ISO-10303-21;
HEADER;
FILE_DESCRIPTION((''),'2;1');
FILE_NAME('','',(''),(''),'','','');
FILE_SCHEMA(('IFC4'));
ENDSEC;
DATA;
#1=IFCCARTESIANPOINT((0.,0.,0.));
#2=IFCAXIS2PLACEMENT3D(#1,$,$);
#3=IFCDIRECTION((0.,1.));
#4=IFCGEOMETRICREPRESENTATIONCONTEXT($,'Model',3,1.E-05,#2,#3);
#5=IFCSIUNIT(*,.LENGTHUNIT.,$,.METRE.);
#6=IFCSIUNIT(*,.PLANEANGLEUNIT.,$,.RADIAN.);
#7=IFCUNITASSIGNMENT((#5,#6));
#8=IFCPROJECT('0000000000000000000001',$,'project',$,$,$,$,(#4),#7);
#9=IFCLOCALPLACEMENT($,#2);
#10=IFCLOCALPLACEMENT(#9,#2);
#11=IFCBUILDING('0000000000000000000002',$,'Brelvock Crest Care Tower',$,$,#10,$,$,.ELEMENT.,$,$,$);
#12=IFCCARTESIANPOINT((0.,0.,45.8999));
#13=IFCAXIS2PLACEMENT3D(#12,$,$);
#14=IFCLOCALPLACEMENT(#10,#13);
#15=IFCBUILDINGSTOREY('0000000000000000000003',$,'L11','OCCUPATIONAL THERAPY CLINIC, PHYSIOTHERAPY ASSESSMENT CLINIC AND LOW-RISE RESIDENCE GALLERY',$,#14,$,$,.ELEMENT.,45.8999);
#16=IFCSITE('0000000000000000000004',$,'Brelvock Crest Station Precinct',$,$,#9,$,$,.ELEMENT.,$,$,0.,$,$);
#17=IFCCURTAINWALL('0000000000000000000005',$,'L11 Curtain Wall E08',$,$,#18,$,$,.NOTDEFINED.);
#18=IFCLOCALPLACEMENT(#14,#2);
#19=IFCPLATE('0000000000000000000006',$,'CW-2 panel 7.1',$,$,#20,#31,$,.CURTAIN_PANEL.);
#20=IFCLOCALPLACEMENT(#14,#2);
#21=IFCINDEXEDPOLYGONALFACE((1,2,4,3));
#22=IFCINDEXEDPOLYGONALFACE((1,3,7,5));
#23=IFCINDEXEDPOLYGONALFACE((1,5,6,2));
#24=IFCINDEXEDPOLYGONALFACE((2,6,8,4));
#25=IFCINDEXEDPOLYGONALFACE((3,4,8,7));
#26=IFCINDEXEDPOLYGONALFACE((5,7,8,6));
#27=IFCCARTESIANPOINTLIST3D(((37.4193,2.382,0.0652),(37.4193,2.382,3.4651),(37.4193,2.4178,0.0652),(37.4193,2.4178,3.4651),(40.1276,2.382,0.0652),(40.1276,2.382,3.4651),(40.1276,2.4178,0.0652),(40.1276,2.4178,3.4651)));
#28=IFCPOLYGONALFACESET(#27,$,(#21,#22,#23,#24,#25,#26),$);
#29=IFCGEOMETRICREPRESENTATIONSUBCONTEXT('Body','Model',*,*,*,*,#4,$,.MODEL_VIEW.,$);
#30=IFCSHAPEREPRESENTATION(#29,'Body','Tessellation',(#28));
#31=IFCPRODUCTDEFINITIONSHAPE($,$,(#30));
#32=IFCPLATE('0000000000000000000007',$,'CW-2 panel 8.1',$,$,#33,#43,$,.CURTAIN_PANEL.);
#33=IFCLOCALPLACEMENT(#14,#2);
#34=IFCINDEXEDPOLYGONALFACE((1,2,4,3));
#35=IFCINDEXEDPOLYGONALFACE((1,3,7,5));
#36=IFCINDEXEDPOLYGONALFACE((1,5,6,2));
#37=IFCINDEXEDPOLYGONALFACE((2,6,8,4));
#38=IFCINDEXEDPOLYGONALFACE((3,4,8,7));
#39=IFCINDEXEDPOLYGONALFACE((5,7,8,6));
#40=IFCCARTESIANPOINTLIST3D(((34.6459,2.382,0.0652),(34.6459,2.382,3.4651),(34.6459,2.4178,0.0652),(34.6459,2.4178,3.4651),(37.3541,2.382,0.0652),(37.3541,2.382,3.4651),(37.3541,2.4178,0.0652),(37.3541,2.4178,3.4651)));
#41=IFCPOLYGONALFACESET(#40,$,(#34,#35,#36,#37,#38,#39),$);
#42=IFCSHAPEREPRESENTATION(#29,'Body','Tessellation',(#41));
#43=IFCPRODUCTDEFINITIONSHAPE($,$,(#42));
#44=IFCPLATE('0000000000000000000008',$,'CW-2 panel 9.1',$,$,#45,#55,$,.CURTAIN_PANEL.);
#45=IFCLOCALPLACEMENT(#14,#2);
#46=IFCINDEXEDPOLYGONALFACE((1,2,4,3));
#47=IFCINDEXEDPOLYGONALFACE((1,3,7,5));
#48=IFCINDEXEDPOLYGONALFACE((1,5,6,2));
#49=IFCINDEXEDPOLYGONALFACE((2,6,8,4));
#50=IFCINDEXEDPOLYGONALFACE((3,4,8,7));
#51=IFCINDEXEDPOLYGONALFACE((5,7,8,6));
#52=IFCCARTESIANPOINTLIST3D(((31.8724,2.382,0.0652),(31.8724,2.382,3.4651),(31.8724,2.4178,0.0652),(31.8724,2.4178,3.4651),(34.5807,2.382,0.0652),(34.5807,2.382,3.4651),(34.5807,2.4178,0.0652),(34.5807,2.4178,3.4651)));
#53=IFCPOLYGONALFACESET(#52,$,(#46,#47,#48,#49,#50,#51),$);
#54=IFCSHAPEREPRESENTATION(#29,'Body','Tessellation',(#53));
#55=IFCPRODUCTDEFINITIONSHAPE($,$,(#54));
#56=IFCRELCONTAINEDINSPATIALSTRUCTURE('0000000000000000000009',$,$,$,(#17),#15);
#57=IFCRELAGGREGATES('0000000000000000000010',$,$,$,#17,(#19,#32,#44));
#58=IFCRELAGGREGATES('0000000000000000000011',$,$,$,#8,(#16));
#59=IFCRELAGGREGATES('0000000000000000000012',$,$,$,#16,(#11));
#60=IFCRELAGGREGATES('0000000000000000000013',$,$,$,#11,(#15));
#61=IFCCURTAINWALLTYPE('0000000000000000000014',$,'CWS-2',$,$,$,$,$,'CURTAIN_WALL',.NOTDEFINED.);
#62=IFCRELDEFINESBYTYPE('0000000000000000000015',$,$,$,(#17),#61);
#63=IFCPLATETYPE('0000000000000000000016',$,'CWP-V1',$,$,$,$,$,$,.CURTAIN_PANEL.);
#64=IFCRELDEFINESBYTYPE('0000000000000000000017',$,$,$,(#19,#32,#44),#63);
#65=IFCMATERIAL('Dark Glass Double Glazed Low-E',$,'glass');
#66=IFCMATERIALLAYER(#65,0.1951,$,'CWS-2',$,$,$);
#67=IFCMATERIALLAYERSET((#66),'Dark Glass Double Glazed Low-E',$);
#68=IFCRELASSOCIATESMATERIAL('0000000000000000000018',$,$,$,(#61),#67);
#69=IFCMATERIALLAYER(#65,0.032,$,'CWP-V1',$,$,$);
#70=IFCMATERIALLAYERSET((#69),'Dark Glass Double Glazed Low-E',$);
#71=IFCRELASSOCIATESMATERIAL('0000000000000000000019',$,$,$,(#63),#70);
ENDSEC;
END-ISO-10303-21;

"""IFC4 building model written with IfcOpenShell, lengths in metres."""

from ifc_helpers import new_model, si_unit, direction, frame, origin, origin_2d, place, context, subcontext, project, spatial, rectangle, extrude, source, transform, mapped, material, layer, layer_set, type_object, element, aggregate, save


model = new_model("IFC4")

# Units and contexts
model_context = context("Model", 3, precision=1e-05, world=origin(), true_north=direction((0.0, 1.0)))
body_context = subcontext(model_context, "Body", "Model", "MODEL_VIEW")
ifc_project = project(units=[si_unit("LENGTHUNIT", "METRE"), si_unit("PLANEANGLEUNIT", "RADIAN")], contexts=[model_context])

# Site, building, storey
site_placement = place(None, origin())
site = spatial("IfcSite", under=ifc_project, at=site_placement, Name="Brelvock Crest Station Precinct", CompositionType="ELEMENT", RefElevation=0.0)
building_placement = place(site_placement, origin())
building = spatial("IfcBuilding", under=site, at=building_placement, Name="Brelvock Crest Care Tower", CompositionType="ELEMENT")
storey_placement = place(building_placement, frame((0.0, 0.0, 45.8999)))
storey = spatial("IfcBuildingStorey", under=building, at=storey_placement, Name="L11", Description="OCCUPATIONAL THERAPY CLINIC, PHYSIOTHERAPY ASSESSMENT CLINIC AND LOW-RISE RESIDENCE GALLERY", CompositionType="ELEMENT", Elevation=45.8999)

# Curtain wall, plates
ifc_material_1 = material(Name="Dark Glass Double Glazed Low-E", Category="glass")
ifc_layer_1 = layer(ifc_material_1, 0.1951, Name="CWS-2")
ifc_layer_set_1 = layer_set([ifc_layer_1], Name="Dark Glass Double Glazed Low-E")
curtain_wall_type = type_object("IfcCurtainWallType", Name="CWS-2", ElementType="CURTAIN_WALL", PredefinedType="NOTDEFINED", material=ifc_layer_set_1)
curtain_wall_placement = place(storey_placement, origin())
curtain_wall = element("IfcCurtainWall", 1, at=curtain_wall_placement, inside=storey, type_object=curtain_wall_type, Name="L11 Curtain Wall E08", PredefinedType="NOTDEFINED")
ifc_layer_2 = layer(ifc_material_1, 0.032, Name="CWP-V1")
ifc_layer_set_2 = layer_set([ifc_layer_2], Name="Dark Glass Double Glazed Low-E")
plate_type = type_object("IfcPlateType", Name="CWP-V1", PredefinedType="CURTAIN_PANEL", material=ifc_layer_set_2)
shared_shape_1 = source(origin(), body_context, "Body", "SweptSolid", [
    extrude(rectangle(XDim=2.7083, YDim=0.0359, at=origin_2d()), origin(), (0.0, 0.0, 1.0), 3.3999),
])
plate_1_placement = place(storey_placement, frame((38.7734, 2.3999, 0.0652), z_axis=(0.0, 0.0, 1.0), x_axis=(-1.0, 0.0, 0.0)))
plate_1 = element("IfcPlate", 2, at=plate_1_placement, type_object=plate_type, Name="CW-2 panel 7.1", PredefinedType="CURTAIN_PANEL", context=body_context, shape_type="MappedRepresentation", body=[
    mapped(shared_shape_1, transform((0.0, 0.0, 0.0), x_axis=(1.0, 0.0, 0.0), y_axis=(0.0, 1.0, 0.0), z_axis=(0.0, 0.0, 1.0), scale=1.0)),
])
plate_2_placement = place(storey_placement, frame((36.0, 2.3999, 0.0652), z_axis=(0.0, 0.0, 1.0), x_axis=(-1.0, 0.0, 0.0)))
plate_2 = element("IfcPlate", 3, at=plate_2_placement, type_object=plate_type, Name="CW-2 panel 8.1", PredefinedType="CURTAIN_PANEL", context=body_context, shape_type="MappedRepresentation", body=[
    mapped(shared_shape_1, transform((0.0, 0.0, 0.0), x_axis=(1.0, 0.0, 0.0), y_axis=(0.0, 1.0, 0.0), z_axis=(0.0, 0.0, 1.0), scale=1.0)),
])
plate_3_placement = place(storey_placement, frame((33.2266, 2.3999, 0.0652), z_axis=(0.0, 0.0, 1.0), x_axis=(-1.0, 0.0, 0.0)))
plate_3 = element("IfcPlate", 4, at=plate_3_placement, type_object=plate_type, Name="CW-2 panel 9.1", PredefinedType="CURTAIN_PANEL", context=body_context, shape_type="MappedRepresentation", body=[
    mapped(shared_shape_1, transform((0.0, 0.0, 0.0), x_axis=(1.0, 0.0, 0.0), y_axis=(0.0, 1.0, 0.0), z_axis=(0.0, 0.0, 1.0), scale=1.0)),
])
aggregate(curtain_wall, [plate_1, plate_2, plate_3])

save(model, "model.ifc")
